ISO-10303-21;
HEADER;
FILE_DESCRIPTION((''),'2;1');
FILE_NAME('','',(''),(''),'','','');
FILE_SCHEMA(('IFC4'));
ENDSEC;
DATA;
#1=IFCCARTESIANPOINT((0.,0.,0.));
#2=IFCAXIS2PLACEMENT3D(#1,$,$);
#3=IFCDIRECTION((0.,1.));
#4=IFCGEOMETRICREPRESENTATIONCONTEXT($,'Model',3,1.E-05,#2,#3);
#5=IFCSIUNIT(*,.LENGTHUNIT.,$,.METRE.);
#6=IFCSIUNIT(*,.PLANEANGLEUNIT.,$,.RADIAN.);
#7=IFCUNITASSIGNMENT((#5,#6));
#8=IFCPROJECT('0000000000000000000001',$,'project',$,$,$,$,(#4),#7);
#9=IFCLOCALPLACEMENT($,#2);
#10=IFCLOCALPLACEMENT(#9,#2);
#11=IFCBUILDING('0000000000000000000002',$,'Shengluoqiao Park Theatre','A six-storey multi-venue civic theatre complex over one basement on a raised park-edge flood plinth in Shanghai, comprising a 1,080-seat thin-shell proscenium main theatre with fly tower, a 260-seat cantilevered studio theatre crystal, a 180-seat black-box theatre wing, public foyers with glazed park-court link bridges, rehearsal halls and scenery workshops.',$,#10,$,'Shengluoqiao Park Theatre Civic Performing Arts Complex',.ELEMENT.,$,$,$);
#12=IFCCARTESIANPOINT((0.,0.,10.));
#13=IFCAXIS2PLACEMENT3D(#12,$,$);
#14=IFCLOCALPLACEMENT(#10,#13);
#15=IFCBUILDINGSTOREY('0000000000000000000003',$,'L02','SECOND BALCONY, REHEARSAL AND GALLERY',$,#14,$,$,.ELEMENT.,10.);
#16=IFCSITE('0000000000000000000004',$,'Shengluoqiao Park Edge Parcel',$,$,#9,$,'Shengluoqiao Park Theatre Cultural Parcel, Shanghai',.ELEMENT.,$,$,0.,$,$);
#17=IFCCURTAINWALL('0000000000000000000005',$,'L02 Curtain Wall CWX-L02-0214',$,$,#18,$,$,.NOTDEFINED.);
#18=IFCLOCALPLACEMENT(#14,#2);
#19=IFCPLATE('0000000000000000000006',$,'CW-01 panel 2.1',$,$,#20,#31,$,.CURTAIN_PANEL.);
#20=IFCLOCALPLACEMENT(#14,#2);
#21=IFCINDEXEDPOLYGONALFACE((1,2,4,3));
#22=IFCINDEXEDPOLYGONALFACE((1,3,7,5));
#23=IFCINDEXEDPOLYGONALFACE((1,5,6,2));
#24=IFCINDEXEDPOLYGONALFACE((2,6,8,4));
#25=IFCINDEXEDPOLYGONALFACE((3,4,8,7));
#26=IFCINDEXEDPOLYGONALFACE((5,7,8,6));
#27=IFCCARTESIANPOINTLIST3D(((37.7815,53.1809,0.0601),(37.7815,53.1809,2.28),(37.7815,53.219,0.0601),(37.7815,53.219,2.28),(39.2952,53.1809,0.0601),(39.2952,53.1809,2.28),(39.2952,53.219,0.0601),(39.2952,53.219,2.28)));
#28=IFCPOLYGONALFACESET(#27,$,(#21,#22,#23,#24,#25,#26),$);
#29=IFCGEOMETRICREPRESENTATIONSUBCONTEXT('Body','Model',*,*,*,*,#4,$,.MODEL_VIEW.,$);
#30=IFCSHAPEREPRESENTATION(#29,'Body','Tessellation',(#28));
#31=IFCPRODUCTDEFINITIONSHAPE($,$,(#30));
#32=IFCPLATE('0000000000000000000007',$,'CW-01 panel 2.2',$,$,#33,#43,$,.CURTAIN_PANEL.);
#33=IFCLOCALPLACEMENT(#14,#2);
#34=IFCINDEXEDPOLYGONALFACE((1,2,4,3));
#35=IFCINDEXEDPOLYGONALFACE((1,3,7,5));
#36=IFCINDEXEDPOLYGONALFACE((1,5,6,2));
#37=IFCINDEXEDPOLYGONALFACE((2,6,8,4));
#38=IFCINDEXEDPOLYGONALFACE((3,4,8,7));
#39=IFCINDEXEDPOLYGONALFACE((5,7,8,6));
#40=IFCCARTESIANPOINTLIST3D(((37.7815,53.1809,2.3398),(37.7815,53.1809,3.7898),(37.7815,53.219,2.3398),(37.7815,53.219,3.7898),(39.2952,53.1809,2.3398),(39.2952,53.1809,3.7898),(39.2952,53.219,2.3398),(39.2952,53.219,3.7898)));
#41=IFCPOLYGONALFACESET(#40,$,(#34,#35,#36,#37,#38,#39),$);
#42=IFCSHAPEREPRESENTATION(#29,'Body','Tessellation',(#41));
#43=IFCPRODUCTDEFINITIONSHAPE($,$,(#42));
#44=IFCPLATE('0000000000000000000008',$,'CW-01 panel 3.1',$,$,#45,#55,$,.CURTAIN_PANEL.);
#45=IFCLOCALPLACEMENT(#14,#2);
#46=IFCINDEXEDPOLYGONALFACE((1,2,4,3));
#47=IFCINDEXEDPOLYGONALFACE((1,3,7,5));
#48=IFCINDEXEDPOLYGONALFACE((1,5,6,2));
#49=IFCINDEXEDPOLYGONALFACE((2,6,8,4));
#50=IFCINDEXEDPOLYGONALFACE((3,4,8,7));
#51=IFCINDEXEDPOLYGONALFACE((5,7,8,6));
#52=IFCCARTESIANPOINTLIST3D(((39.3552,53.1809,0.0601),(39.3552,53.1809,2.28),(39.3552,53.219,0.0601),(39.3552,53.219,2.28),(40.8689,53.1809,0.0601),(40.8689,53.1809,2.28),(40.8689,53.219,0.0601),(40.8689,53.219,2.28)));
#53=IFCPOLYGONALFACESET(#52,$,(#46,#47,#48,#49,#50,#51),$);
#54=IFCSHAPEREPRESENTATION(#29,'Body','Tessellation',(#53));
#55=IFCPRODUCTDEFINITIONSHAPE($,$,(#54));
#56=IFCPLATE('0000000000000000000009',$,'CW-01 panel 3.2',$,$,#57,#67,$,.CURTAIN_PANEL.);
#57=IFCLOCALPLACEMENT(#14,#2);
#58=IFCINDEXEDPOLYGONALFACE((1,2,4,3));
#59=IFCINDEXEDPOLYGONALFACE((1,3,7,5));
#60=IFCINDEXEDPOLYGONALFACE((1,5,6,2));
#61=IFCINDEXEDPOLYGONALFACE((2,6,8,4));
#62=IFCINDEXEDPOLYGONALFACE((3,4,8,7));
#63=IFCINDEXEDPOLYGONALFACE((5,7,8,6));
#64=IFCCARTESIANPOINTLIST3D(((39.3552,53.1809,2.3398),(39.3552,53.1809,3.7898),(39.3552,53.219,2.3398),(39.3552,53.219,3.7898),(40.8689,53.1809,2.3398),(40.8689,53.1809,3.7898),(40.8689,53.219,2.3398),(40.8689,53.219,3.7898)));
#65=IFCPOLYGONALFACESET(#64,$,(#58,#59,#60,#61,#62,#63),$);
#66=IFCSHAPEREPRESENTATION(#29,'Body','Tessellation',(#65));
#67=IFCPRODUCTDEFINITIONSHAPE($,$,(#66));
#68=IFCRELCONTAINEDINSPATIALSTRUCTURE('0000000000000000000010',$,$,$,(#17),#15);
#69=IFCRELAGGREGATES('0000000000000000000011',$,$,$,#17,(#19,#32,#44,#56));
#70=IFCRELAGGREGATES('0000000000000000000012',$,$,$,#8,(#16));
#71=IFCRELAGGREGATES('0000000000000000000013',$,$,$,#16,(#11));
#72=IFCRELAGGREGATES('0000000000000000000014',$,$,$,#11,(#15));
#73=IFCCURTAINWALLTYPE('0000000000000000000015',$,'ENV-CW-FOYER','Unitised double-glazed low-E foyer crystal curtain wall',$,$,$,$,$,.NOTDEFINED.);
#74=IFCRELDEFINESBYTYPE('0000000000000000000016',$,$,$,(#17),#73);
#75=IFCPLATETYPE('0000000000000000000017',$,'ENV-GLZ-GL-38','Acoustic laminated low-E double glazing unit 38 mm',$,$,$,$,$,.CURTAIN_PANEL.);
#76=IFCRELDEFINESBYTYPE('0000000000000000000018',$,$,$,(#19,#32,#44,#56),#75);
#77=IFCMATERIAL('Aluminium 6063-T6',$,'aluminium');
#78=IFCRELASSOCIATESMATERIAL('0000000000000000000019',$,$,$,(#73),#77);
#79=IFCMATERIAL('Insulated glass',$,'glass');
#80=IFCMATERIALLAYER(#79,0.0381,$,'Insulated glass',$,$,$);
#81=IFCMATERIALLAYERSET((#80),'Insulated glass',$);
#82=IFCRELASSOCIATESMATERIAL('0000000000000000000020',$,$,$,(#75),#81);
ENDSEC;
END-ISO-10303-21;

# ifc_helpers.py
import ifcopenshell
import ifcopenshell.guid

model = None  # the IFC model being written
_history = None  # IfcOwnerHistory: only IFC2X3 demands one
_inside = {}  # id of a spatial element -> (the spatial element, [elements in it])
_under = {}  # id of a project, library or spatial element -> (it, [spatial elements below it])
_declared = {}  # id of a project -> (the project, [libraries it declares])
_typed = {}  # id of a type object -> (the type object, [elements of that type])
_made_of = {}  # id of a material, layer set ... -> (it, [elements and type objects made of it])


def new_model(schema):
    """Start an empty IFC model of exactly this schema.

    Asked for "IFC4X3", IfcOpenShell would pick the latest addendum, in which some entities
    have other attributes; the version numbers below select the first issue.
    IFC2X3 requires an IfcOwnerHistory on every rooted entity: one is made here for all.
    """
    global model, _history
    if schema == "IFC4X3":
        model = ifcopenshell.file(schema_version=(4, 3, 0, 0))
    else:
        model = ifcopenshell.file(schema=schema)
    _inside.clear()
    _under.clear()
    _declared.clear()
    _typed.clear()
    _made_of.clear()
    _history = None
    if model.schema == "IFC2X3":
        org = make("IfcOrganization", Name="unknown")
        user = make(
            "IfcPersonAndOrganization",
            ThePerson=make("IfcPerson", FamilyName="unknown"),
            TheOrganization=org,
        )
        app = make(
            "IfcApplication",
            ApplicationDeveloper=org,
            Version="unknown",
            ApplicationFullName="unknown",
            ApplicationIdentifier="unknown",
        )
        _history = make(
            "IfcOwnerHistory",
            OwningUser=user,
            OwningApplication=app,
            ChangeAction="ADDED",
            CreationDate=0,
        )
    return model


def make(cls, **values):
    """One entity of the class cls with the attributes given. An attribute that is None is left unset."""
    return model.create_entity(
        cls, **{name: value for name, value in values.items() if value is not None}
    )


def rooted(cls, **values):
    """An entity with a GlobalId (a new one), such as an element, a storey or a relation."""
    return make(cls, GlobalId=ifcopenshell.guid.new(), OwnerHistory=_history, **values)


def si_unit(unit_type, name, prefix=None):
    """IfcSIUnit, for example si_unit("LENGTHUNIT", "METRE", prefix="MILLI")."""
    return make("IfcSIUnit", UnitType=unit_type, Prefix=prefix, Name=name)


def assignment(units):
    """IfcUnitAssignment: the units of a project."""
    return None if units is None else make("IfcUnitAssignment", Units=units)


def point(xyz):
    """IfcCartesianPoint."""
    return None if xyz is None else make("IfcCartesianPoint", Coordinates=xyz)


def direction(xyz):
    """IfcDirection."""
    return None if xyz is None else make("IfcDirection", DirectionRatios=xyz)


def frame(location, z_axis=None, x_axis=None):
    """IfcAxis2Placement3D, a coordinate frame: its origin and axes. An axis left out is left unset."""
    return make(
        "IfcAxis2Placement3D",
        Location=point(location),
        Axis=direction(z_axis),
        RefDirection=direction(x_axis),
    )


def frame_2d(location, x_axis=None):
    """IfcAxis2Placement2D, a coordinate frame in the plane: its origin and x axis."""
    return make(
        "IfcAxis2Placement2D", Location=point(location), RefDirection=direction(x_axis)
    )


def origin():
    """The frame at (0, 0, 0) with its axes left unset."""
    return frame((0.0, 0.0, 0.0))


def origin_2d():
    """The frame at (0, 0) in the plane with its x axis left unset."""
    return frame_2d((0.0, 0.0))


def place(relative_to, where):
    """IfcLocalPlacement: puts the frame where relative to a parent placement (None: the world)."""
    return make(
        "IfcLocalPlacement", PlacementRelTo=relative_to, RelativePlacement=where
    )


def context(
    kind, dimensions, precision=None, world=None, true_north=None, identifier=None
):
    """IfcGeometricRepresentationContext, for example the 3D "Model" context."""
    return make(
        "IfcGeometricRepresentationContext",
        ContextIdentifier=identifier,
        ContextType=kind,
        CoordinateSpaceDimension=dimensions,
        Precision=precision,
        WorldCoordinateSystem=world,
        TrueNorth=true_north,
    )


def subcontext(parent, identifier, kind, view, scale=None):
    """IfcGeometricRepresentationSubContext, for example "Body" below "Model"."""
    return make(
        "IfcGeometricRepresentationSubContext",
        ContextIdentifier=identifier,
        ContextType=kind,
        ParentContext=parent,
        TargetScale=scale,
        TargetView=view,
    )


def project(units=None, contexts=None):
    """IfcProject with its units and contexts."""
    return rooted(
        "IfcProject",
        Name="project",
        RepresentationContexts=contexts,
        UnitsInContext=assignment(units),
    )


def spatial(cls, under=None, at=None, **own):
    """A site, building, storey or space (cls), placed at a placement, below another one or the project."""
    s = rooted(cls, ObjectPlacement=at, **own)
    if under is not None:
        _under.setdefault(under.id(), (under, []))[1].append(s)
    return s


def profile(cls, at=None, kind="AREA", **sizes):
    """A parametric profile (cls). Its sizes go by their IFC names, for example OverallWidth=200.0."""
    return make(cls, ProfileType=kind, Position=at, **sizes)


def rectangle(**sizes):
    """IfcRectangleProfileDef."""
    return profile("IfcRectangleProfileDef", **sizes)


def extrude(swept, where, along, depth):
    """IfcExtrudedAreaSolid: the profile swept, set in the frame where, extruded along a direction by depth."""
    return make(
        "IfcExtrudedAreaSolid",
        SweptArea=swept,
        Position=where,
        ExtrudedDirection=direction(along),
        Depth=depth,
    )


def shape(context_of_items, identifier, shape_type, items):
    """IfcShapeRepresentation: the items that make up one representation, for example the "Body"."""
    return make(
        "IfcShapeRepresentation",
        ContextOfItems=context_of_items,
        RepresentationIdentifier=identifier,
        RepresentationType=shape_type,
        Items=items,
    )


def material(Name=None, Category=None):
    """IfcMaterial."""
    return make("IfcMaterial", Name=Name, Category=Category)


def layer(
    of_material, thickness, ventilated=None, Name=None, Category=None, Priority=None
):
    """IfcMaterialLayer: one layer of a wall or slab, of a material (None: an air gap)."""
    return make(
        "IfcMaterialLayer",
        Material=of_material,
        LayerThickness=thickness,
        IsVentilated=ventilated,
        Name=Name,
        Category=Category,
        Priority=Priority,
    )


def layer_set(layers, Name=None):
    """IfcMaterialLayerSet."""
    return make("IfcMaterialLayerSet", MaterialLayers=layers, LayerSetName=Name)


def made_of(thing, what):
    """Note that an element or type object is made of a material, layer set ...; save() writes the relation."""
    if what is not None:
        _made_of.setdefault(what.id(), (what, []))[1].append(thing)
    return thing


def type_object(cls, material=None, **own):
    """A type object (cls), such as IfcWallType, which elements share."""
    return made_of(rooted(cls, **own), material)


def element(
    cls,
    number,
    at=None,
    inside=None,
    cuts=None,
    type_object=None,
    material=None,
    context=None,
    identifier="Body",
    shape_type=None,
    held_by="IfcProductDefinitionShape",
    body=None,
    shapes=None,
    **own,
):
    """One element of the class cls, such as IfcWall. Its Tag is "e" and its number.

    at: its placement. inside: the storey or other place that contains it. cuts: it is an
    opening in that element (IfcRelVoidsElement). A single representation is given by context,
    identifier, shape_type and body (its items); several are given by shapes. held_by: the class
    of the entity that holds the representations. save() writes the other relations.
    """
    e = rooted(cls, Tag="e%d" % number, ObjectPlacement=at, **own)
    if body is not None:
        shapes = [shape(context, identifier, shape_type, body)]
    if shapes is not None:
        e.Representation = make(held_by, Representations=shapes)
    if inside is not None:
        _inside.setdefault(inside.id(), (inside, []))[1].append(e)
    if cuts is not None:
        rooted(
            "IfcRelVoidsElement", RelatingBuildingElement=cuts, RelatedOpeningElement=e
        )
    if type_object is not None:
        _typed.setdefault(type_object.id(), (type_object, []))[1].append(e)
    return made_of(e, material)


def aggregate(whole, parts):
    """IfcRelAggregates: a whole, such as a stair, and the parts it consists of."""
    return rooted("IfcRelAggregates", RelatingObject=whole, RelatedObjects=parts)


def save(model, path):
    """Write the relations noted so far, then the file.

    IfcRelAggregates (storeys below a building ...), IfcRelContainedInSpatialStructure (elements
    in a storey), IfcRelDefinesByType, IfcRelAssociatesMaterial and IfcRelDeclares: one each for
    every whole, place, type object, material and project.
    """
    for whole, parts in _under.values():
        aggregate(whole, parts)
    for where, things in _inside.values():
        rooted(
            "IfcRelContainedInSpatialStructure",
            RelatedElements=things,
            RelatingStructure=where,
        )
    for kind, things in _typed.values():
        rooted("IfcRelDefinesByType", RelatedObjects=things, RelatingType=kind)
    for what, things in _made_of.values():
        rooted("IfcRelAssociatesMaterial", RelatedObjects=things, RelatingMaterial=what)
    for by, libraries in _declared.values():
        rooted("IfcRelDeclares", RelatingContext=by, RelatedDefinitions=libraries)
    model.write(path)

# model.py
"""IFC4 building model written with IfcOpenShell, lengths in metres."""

from ifc_helpers import new_model, si_unit, direction, frame, origin, origin_2d, place, context, subcontext, project, spatial, rectangle, extrude, material, layer, layer_set, type_object, element, aggregate, save


model = new_model("IFC4")

# Units and contexts
model_context = context("Model", 3, precision=1e-05, world=origin(), true_north=direction((0.0, 1.0)))
body_context = subcontext(model_context, "Body", "Model", "MODEL_VIEW")
ifc_project = project(units=[si_unit("LENGTHUNIT", "METRE"), si_unit("PLANEANGLEUNIT", "RADIAN")], contexts=[model_context])

# Site, building, storey
site_placement = place(None, origin())
site = spatial("IfcSite", under=ifc_project, at=site_placement, Name="Shengluoqiao Park Edge Parcel", LongName="Shengluoqiao Park Theatre Cultural Parcel, Shanghai", CompositionType="ELEMENT", RefElevation=0.0)
building_placement = place(site_placement, origin())
building = spatial("IfcBuilding", under=site, at=building_placement, Name="Shengluoqiao Park Theatre", Description="A six-storey multi-venue civic theatre complex over one basement on a raised park-edge flood plinth in Shanghai, comprising a 1,080-seat thin-shell proscenium main theatre with fly tower, a 260-seat cantilevered studio theatre crystal, a 180-seat black-box theatre wing, public foyers with glazed park-court link bridges, rehearsal halls and scenery workshops.", LongName="Shengluoqiao Park Theatre Civic Performing Arts Complex", CompositionType="ELEMENT")
storey_placement = place(building_placement, frame((0.0, 0.0, 10.0)))
storey = spatial("IfcBuildingStorey", under=building, at=storey_placement, Name="L02", Description="SECOND BALCONY, REHEARSAL AND GALLERY", CompositionType="ELEMENT", Elevation=10.0)

# Curtain wall
ifc_material_1 = material(Name="Aluminium 6063-T6", Category="aluminium")
curtain_wall_type = type_object("IfcCurtainWallType", Name="ENV-CW-FOYER", Description="Unitised double-glazed low-E foyer crystal curtain wall", PredefinedType="NOTDEFINED", material=ifc_material_1)
curtain_wall_placement = place(storey_placement, origin())
curtain_wall = element("IfcCurtainWall", 1, at=curtain_wall_placement, inside=storey, type_object=curtain_wall_type, Name="L02 Curtain Wall CWX-L02-0214", PredefinedType="NOTDEFINED")

# Plates
ifc_material_2 = material(Name="Insulated glass", Category="glass")
ifc_layer = layer(ifc_material_2, 0.0381, Name="Insulated glass")
ifc_layer_set = layer_set([ifc_layer], Name="Insulated glass")
plate_type = type_object("IfcPlateType", Name="ENV-GLZ-GL-38", Description="Acoustic laminated low-E double glazing unit 38 mm", PredefinedType="CURTAIN_PANEL", material=ifc_layer_set)
plate_1_placement = place(storey_placement, frame((38.5383, 53.2, 0.0601), z_axis=(0.0, 0.0, 1.0), x_axis=(1.0, 0.0, 0.0)))
plate_1 = element("IfcPlate", 2, at=plate_1_placement, type_object=plate_type, Name="CW-01 panel 2.1", PredefinedType="CURTAIN_PANEL", context=body_context, shape_type="SweptSolid", body=[
    extrude(rectangle(XDim=1.5137, YDim=0.0381, at=origin_2d()), origin(), (0.0, 0.0, 1.0), 2.22),
])
plate_2_placement = place(storey_placement, frame((38.5383, 53.2, 2.3398), z_axis=(0.0, 0.0, 1.0), x_axis=(1.0, 0.0, 0.0)))
plate_2 = element("IfcPlate", 3, at=plate_2_placement, type_object=plate_type, Name="CW-01 panel 2.2", PredefinedType="CURTAIN_PANEL", context=body_context, shape_type="SweptSolid", body=[
    extrude(rectangle(XDim=1.5137, YDim=0.0381, at=origin_2d()), origin(), (0.0, 0.0, 1.0), 1.45),
])
plate_3_placement = place(storey_placement, frame((40.1121, 53.2, 0.0601), z_axis=(0.0, 0.0, 1.0), x_axis=(1.0, 0.0, 0.0)))
plate_3 = element("IfcPlate", 4, at=plate_3_placement, type_object=plate_type, Name="CW-01 panel 3.1", PredefinedType="CURTAIN_PANEL", context=body_context, shape_type="SweptSolid", body=[
    extrude(rectangle(XDim=1.5137, YDim=0.0381, at=origin_2d()), origin(), (0.0, 0.0, 1.0), 2.22),
])
plate_4_placement = place(storey_placement, frame((40.1121, 53.2, 2.3398), z_axis=(0.0, 0.0, 1.0), x_axis=(1.0, 0.0, 0.0)))
plate_4 = element("IfcPlate", 5, at=plate_4_placement, type_object=plate_type, Name="CW-01 panel 3.2", PredefinedType="CURTAIN_PANEL", context=body_context, shape_type="SweptSolid", body=[
    extrude(rectangle(XDim=1.5137, YDim=0.0381, at=origin_2d()), origin(), (0.0, 0.0, 1.0), 1.45),
])
aggregate(curtain_wall, [plate_1, plate_2, plate_3, plate_4])

save(model, "model.ifc")
